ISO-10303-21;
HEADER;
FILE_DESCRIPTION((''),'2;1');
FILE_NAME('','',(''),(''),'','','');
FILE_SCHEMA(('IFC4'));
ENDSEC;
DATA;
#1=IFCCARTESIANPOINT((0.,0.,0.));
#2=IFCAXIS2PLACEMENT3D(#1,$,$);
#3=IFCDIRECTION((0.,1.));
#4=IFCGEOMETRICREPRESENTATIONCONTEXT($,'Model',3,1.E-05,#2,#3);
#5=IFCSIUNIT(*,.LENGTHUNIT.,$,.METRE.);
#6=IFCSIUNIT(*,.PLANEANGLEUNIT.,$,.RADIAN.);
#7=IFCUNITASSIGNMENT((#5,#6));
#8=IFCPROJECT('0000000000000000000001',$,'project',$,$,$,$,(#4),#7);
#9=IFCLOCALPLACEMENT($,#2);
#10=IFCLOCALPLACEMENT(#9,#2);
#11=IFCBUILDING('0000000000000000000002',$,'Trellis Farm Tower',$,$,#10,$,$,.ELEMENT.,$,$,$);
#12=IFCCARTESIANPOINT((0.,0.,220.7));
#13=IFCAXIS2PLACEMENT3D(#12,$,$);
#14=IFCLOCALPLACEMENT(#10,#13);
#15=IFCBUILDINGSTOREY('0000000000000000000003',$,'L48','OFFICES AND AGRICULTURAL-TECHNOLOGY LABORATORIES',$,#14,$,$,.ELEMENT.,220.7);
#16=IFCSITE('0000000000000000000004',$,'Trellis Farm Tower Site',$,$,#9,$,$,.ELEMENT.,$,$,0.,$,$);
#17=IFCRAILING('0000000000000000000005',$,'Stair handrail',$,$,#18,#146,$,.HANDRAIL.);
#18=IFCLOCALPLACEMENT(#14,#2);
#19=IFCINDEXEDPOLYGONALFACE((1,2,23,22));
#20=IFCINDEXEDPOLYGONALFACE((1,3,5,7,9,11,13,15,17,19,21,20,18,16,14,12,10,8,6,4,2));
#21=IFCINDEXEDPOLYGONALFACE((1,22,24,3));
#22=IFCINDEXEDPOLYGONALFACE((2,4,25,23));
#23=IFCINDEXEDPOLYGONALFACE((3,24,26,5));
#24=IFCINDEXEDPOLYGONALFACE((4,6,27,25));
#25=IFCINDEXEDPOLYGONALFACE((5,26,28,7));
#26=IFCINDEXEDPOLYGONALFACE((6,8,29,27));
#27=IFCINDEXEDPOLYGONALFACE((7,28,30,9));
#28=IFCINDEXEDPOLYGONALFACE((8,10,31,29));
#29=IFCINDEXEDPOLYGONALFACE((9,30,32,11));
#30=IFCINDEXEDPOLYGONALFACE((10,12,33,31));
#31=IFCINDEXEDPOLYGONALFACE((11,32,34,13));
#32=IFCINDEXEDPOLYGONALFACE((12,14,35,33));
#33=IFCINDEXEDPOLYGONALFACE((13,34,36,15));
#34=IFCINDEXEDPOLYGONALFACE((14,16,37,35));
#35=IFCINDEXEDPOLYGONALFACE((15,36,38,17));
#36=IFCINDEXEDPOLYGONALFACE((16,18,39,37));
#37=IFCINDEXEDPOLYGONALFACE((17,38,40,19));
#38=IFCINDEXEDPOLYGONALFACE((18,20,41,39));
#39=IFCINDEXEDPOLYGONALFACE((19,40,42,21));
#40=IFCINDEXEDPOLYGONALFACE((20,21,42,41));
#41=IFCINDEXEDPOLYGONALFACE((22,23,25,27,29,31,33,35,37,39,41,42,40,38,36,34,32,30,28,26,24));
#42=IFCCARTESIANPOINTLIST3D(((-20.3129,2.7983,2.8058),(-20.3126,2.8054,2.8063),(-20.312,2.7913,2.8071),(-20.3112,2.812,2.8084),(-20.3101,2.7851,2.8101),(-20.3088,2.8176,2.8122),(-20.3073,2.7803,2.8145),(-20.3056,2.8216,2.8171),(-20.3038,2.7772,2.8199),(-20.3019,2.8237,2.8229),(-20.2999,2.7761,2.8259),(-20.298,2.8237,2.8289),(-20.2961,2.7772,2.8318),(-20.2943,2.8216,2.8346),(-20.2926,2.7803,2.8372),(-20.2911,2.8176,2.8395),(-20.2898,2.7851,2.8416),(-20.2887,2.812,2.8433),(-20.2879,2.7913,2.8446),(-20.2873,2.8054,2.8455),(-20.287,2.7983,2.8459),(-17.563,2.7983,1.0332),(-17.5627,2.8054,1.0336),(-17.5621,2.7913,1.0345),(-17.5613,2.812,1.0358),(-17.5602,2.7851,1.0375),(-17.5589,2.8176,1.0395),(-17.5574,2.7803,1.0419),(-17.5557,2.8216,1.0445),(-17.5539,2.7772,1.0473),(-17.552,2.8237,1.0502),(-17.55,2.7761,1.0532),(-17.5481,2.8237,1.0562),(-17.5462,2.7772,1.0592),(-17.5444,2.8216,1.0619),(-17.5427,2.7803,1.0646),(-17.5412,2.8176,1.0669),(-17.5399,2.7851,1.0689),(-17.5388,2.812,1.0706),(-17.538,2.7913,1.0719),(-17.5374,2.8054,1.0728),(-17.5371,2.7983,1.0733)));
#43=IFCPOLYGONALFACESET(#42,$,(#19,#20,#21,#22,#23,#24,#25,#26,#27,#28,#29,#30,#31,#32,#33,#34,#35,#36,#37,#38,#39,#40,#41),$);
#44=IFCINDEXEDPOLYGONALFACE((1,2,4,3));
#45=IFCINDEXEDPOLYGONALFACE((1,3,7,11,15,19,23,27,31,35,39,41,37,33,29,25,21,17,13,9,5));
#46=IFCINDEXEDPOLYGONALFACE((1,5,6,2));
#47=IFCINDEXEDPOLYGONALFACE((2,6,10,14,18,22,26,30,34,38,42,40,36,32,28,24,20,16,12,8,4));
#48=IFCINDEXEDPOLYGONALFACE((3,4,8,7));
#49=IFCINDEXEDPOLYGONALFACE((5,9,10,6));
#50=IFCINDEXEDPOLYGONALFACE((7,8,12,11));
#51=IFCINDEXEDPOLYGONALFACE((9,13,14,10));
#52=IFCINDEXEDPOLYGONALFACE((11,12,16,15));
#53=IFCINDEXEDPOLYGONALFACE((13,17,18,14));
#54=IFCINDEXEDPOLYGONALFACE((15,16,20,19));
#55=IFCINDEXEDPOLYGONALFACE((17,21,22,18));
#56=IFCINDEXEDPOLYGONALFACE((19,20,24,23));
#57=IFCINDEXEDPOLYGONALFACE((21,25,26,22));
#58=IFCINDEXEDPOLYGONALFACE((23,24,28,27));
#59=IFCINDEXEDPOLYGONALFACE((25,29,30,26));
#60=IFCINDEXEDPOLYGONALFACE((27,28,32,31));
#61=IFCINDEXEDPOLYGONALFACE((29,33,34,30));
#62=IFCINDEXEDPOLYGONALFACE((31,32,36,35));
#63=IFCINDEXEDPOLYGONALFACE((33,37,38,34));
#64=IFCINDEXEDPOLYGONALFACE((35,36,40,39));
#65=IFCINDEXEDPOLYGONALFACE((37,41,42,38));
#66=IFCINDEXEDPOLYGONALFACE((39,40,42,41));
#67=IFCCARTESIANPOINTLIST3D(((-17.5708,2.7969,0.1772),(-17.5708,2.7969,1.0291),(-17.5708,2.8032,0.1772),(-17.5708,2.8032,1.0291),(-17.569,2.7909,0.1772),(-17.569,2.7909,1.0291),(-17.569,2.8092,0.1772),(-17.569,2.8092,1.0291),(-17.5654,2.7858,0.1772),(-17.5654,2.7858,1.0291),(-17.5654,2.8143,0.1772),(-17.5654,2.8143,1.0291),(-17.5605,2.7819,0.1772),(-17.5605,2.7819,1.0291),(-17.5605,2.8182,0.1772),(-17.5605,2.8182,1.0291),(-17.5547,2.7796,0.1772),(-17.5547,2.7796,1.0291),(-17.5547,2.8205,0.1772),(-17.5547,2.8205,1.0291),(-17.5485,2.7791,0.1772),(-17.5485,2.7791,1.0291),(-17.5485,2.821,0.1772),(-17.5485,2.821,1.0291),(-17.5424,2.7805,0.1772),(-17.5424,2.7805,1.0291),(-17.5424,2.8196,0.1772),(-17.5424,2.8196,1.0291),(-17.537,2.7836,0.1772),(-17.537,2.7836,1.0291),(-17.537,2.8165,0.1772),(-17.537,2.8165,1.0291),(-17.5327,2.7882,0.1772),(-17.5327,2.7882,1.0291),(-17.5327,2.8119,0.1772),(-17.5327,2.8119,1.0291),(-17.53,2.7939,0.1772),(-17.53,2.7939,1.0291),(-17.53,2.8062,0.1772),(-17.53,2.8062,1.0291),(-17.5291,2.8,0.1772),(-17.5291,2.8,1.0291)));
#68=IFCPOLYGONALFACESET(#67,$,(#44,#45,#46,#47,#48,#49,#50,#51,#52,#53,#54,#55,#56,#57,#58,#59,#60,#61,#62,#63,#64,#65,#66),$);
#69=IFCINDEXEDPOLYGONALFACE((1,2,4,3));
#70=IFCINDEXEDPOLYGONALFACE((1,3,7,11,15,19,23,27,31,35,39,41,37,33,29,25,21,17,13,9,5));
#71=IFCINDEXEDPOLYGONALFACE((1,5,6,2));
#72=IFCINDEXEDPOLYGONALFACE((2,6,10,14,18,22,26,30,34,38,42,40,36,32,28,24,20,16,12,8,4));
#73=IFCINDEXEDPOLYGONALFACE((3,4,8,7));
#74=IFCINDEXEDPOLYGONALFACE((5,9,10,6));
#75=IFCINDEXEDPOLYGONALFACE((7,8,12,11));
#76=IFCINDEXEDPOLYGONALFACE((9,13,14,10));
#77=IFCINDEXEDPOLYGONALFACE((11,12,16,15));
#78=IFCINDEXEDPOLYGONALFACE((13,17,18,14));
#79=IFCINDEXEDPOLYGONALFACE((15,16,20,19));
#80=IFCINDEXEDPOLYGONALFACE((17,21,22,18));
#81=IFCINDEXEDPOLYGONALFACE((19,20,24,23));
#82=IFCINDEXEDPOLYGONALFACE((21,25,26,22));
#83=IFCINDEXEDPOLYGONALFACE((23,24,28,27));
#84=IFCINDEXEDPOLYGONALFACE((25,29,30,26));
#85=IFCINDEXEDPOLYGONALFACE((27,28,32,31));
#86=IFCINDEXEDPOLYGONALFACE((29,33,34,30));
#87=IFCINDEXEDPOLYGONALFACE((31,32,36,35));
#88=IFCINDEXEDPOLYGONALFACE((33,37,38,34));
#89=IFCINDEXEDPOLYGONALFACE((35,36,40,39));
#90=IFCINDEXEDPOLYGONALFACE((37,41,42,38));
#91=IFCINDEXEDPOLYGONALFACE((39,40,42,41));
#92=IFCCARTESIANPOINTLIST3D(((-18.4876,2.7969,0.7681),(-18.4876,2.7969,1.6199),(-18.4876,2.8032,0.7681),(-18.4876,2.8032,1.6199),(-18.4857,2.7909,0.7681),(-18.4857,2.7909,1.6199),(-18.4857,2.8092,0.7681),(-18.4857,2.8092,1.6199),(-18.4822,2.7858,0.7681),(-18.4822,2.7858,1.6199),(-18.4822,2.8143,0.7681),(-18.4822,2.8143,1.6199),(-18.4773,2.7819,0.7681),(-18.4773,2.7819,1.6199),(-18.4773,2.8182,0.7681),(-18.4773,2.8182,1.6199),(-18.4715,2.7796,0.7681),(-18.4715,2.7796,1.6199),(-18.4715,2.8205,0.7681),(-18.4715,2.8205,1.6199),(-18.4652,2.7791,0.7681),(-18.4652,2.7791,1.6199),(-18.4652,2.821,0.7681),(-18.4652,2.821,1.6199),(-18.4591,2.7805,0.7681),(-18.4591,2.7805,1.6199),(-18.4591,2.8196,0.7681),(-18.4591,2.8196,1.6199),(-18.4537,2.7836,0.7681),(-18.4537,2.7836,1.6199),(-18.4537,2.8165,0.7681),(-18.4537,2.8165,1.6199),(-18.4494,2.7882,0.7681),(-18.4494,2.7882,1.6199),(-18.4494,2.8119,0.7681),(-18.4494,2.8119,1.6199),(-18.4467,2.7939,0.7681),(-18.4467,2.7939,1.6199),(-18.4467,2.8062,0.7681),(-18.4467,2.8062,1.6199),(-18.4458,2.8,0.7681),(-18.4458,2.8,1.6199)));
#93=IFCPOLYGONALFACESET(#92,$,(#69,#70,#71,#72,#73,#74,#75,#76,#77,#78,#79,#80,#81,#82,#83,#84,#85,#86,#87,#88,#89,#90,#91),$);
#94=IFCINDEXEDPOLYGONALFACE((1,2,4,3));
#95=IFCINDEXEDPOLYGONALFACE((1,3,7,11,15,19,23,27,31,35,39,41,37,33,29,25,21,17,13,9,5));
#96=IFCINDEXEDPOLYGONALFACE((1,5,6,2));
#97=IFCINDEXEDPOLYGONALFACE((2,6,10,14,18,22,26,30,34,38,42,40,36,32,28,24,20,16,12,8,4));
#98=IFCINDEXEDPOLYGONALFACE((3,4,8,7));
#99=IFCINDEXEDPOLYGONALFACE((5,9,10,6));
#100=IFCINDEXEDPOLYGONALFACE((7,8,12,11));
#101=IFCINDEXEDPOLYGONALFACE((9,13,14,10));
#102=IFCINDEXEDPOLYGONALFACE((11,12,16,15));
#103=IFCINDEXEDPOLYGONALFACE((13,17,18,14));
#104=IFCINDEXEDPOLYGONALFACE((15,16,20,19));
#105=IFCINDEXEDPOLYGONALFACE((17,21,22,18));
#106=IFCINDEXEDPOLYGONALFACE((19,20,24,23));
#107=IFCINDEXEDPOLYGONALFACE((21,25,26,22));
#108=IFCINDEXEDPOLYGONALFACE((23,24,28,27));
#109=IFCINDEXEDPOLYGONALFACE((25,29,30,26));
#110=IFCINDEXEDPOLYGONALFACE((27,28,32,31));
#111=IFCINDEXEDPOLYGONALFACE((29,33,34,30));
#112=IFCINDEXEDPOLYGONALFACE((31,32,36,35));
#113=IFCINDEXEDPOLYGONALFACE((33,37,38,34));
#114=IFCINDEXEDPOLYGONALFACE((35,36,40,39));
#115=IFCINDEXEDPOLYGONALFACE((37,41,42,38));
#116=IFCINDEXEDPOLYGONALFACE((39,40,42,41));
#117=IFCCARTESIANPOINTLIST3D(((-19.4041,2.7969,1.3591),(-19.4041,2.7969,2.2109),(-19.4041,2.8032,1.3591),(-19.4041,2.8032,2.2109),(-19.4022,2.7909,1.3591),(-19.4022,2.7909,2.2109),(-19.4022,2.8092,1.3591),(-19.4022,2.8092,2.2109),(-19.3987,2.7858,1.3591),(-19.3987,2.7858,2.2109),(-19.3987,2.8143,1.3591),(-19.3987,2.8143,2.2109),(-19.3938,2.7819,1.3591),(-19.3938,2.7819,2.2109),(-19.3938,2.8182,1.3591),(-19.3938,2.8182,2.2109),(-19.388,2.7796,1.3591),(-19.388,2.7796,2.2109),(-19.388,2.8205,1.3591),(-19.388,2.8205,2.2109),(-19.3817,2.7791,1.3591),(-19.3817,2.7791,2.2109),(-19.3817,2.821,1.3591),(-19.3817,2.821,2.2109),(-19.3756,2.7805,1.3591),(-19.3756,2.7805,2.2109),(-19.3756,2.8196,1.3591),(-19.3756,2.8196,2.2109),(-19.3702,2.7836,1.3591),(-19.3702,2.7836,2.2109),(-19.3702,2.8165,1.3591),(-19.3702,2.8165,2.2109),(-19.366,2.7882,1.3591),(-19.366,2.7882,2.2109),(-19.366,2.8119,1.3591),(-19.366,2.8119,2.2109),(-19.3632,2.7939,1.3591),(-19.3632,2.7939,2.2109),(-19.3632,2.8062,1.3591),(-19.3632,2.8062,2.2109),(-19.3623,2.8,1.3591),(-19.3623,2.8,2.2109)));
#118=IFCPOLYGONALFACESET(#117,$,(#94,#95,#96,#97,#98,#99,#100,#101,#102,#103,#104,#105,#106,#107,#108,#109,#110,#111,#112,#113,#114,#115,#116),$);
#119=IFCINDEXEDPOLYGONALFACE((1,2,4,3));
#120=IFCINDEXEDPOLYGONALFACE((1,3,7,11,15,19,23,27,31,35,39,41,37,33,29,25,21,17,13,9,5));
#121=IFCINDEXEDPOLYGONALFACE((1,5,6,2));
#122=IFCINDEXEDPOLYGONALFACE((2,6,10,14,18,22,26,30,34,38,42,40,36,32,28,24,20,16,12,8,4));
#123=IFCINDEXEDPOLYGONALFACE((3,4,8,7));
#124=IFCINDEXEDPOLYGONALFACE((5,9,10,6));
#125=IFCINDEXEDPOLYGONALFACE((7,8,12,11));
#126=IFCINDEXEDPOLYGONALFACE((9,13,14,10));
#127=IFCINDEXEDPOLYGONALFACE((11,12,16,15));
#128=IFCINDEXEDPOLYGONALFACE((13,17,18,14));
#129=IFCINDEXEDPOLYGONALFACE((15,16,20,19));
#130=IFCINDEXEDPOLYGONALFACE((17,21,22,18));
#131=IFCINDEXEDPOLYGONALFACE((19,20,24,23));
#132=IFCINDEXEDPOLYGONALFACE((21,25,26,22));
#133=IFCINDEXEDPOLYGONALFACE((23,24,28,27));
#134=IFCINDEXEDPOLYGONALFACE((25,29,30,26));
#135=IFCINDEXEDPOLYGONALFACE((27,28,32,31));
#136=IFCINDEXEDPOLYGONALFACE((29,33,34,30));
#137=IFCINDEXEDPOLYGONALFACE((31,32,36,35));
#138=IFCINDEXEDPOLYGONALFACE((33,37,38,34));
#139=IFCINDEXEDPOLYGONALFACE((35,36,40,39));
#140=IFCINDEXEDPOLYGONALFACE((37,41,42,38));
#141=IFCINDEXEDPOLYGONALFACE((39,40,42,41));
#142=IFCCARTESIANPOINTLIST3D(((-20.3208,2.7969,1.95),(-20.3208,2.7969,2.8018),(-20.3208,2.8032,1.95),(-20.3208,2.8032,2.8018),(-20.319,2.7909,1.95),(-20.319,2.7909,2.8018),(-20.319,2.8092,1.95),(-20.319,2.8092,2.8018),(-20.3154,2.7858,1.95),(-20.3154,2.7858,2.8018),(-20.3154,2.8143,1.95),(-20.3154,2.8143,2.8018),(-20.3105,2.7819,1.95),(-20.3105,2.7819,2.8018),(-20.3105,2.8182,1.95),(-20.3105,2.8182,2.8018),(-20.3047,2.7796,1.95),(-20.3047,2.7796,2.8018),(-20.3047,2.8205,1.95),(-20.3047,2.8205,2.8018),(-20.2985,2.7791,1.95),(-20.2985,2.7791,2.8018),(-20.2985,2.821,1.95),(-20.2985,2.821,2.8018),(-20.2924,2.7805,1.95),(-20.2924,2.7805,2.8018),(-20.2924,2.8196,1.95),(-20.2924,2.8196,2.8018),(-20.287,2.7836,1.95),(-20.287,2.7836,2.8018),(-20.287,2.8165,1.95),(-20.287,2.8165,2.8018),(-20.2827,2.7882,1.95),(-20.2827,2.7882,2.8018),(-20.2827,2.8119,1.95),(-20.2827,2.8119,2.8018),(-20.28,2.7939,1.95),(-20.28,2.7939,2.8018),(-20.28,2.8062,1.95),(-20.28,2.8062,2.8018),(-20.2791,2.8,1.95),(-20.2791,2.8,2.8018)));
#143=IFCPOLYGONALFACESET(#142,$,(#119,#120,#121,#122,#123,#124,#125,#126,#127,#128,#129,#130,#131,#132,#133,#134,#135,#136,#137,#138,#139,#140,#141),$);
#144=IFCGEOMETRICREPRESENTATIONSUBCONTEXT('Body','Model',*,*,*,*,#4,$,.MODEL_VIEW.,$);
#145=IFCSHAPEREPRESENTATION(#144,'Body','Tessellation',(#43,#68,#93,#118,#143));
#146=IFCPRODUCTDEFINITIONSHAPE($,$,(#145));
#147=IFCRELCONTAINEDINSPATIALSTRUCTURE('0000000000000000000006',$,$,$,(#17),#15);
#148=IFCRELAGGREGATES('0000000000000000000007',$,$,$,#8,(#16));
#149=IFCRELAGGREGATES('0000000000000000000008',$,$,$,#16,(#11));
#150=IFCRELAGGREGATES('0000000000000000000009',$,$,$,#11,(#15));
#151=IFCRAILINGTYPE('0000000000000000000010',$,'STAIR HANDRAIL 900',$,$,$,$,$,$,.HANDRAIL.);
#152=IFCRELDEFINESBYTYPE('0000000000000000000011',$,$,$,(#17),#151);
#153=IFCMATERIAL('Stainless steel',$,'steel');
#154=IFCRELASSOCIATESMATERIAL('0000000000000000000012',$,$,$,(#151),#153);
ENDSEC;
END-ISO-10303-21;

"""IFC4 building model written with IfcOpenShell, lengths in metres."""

from ifc_helpers import new_model, si_unit, direction, frame, origin, origin_2d, place, context, subcontext, project, spatial, circle, extrude, source, transform, mapped, material, type_object, element, save


model = new_model("IFC4")

# Units and contexts
model_context = context("Model", 3, precision=1e-05, world=origin(), true_north=direction((0.0, 1.0)))
body_context = subcontext(model_context, "Body", "Model", "MODEL_VIEW")
ifc_project = project(units=[si_unit("LENGTHUNIT", "METRE"), si_unit("PLANEANGLEUNIT", "RADIAN")], contexts=[model_context])

# Site, building, storey
site_placement = place(None, origin())
site = spatial("IfcSite", under=ifc_project, at=site_placement, Name="Trellis Farm Tower Site", CompositionType="ELEMENT", RefElevation=0.0)
building_placement = place(site_placement, origin())
building = spatial("IfcBuilding", under=site, at=building_placement, Name="Trellis Farm Tower", CompositionType="ELEMENT")
storey_placement = place(building_placement, frame((0.0, 0.0, 220.7)))
storey = spatial("IfcBuildingStorey", under=building, at=storey_placement, Name="L48", Description="OFFICES AND AGRICULTURAL-TECHNOLOGY LABORATORIES", CompositionType="ELEMENT", Elevation=220.7)

# Railing
ifc_material_1 = material(Name="Stainless steel", Category="steel")
railing_type = type_object("IfcRailingType", Name="STAIR HANDRAIL 900", PredefinedType="HANDRAIL", material=ifc_material_1)
shared_shape_1 = source(origin(), body_context, "Body", "SweptSolid", [
    extrude(circle(Radius=0.0239, at=origin_2d()), frame((0.0, 0.0, 0.876), z_axis=(-0.840504, 0.0, 0.541806), x_axis=(0.0, -1.0, 0.0)), (0.0, 0.0, 1.0), 3.2717),
    extrude(circle(Radius=0.021, at=origin_2d()), origin(), (0.0, 0.0, 1.0), 0.8518),
    extrude(circle(Radius=0.021, at=origin_2d()), frame((-0.9167, 0.0, 0.5908)), (0.0, 0.0, 1.0), 0.8518),
    extrude(circle(Radius=0.021, at=origin_2d()), frame((-1.8333, 0.0, 1.1819)), (0.0, 0.0, 1.0), 0.8518),
    extrude(circle(Radius=0.021, at=origin_2d()), frame((-2.75, 0.0, 1.7727)), (0.0, 0.0, 1.0), 0.8518),
])
for number, where, name in (
    (1, (-17.55, 2.8, 0.1772), "Stair handrail"),
):
    element("IfcRailing", number, at=place(storey_placement, frame(where)), inside=storey, type_object=railing_type, Name=name, PredefinedType="HANDRAIL", context=body_context, shape_type="MappedRepresentation", body=[
        mapped(shared_shape_1, transform((0.0, 0.0, 0.0))),
    ])

save(model, "model.ifc")
